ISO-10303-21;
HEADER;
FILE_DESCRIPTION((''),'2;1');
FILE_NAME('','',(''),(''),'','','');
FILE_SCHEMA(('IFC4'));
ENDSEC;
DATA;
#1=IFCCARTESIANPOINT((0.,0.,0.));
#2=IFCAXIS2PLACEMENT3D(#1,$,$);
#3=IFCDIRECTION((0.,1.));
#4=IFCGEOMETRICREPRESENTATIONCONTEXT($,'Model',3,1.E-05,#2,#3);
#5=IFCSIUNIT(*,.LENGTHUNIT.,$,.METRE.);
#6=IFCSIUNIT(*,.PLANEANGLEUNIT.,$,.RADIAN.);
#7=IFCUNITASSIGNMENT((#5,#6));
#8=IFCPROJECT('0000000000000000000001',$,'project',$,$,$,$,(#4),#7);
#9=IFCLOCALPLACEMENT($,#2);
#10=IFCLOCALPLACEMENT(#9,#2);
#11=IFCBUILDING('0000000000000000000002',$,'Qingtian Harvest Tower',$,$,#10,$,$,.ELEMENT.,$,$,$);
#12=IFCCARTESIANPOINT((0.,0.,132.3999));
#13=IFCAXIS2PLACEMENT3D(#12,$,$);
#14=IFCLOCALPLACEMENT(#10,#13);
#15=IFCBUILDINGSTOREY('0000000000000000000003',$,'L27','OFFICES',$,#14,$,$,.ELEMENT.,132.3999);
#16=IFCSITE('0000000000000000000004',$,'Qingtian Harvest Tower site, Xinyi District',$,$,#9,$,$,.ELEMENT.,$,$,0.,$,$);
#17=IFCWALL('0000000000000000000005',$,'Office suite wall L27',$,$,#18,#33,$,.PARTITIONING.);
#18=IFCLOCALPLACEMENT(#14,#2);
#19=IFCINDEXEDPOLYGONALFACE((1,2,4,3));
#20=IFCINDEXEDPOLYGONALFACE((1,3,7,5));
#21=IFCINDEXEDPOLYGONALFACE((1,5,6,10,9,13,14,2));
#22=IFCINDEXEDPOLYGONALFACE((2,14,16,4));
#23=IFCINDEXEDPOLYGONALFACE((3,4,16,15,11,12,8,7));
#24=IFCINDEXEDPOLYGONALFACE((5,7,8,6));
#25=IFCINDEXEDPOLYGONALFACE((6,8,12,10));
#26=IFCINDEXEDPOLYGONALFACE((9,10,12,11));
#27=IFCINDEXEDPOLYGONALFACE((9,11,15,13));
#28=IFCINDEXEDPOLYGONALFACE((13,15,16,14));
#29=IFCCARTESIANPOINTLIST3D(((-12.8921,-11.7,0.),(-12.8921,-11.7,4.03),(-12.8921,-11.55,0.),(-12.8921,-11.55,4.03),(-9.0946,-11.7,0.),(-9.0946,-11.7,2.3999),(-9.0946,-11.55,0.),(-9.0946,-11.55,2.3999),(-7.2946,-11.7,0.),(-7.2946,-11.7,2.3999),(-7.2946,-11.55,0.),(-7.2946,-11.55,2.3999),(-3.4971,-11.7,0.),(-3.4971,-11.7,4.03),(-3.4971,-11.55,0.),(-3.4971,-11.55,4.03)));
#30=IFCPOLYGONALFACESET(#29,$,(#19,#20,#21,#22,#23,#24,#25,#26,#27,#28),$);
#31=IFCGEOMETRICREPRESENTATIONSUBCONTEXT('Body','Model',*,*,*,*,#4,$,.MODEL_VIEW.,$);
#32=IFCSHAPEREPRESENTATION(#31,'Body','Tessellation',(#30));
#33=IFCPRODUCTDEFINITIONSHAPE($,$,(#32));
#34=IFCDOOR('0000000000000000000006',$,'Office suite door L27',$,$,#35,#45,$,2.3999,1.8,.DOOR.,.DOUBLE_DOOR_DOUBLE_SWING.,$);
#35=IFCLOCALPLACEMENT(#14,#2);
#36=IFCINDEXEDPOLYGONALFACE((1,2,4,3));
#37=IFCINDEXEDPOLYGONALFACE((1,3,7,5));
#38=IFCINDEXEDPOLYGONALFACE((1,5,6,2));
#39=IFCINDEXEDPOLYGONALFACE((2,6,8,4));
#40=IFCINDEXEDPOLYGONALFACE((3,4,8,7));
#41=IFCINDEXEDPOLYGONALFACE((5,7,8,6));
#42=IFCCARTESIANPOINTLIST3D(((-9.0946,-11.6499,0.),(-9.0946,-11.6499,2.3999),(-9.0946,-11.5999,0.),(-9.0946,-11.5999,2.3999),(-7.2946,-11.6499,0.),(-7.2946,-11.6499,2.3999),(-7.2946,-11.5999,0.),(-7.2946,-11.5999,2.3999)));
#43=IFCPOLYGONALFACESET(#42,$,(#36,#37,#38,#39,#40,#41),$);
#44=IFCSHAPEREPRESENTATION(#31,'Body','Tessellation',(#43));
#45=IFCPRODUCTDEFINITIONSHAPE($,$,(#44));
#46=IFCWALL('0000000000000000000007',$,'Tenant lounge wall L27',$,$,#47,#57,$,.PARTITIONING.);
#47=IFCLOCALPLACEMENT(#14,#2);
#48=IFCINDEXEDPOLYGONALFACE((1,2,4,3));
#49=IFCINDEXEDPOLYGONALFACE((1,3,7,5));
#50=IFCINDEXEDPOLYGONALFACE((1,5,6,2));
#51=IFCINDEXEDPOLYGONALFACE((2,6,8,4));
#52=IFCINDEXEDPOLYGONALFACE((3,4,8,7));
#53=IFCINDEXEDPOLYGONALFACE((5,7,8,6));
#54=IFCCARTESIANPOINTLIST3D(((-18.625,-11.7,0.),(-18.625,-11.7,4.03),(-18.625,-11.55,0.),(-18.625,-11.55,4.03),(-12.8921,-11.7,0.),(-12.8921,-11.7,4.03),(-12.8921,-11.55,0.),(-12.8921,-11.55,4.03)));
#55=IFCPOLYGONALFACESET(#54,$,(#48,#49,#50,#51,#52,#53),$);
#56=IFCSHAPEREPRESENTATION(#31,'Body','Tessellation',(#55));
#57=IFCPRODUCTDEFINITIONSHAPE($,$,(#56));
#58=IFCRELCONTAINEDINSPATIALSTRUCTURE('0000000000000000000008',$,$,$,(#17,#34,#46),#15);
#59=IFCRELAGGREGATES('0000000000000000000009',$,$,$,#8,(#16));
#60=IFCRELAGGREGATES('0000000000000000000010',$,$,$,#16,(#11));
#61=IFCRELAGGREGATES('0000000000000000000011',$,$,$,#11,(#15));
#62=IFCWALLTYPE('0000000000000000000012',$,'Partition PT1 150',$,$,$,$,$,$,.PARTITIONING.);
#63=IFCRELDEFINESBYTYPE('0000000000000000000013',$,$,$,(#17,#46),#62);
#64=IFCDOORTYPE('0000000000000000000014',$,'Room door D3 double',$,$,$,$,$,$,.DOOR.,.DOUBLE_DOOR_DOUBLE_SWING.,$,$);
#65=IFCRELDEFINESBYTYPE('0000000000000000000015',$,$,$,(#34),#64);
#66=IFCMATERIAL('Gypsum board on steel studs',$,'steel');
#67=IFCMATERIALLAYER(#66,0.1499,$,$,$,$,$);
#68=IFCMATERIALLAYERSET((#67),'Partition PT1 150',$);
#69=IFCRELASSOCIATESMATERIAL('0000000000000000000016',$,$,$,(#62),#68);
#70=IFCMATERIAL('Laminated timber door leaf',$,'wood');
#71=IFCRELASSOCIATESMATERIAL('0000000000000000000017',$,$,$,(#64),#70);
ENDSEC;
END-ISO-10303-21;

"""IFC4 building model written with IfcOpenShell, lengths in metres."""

from ifc_helpers import new_model, si_unit, direction, frame, frame_2d, origin, place, context, subcontext, project, spatial, rectangle, extrude, material, layer, layer_set, type_object, element, fill, save


model = new_model("IFC4")

# Units and contexts
model_context = context("Model", 3, precision=1e-05, world=origin(), true_north=direction((0.0, 1.0)))
body_context = subcontext(model_context, "Body", "Model", "MODEL_VIEW")
ifc_project = project(units=[si_unit("LENGTHUNIT", "METRE"), si_unit("PLANEANGLEUNIT", "RADIAN")], contexts=[model_context])

# Site, building, storey
site_placement = place(None, origin())
site = spatial("IfcSite", under=ifc_project, at=site_placement, Name="Qingtian Harvest Tower site, Xinyi District", CompositionType="ELEMENT", RefElevation=0.0)
building_placement = place(site_placement, origin())
building = spatial("IfcBuilding", under=site, at=building_placement, Name="Qingtian Harvest Tower", CompositionType="ELEMENT")
storey_placement = place(building_placement, frame((0.0, 0.0, 132.3999)))
storey = spatial("IfcBuildingStorey", under=building, at=storey_placement, Name="L27", Description="OFFICES", CompositionType="ELEMENT", Elevation=132.3999)

# Shared definitions
ifc_material_1 = material(Name="Gypsum board on steel studs", Category="steel")
ifc_layer_1 = layer(ifc_material_1, 0.1499)
ifc_layer_set_1 = layer_set([ifc_layer_1], Name="Partition PT1 150")
wall_type_1 = type_object("IfcWallType", Name="Partition PT1 150", PredefinedType="PARTITIONING", material=ifc_layer_set_1)

# Wall, opening, door
wall_1_placement = place(storey_placement, frame((-3.4971, -11.625, 0.0), z_axis=(0.0, 0.0, 1.0), x_axis=(-1.0, 0.0, 0.0)))
wall_1 = element("IfcWall", 1, at=wall_1_placement, inside=storey, type_object=wall_type_1, Name="Office suite wall L27", PredefinedType="PARTITIONING", context=body_context, shape_type="SweptSolid", body=[
    extrude(rectangle(XDim=9.395, YDim=0.1499, at=frame_2d((4.6975, 0.0))), origin(), (0.0, 0.0, 1.0), 4.03),
])
opening_1_placement = place(wall_1_placement, frame((3.7976, 0.0, 0.0)))
opening_1 = element("IfcOpeningElement", 2, at=opening_1_placement, cuts=wall_1, PredefinedType="OPENING", context=body_context, shape_type="SweptSolid", body=[
    extrude(rectangle(XDim=1.8, YDim=2.3999, at=frame_2d((0.8999, 1.2))), frame((0.0, 0.085, 0.0), z_axis=(0.0, -1.0, 0.0), x_axis=(1.0, 0.0, 0.0)), (0.0, 0.0, 1.0), 0.1699),
])
ifc_material_2 = material(Name="Laminated timber door leaf", Category="wood")
door_type_1 = type_object("IfcDoorType", Name="Room door D3 double", OperationType="DOUBLE_DOOR_DOUBLE_SWING", PredefinedType="DOOR", material=ifc_material_2)
door_1_placement = place(opening_1_placement, origin())
door_1 = element("IfcDoor", 3, at=door_1_placement, inside=storey, type_object=door_type_1, Name="Office suite door L27", OperationType="DOUBLE_DOOR_DOUBLE_SWING", OverallHeight=2.3999, OverallWidth=1.8, PredefinedType="DOOR", context=body_context, shape_type="SweptSolid", body=[
    extrude(rectangle(XDim=1.8, YDim=2.3999, at=frame_2d((0.8999, 1.2))), frame((0.0, 0.0249, 0.0), z_axis=(0.0, -1.0, 0.0), x_axis=(1.0, 0.0, 0.0)), (0.0, 0.0, 1.0), 0.05),
])
fill(opening_1, door_1)

# Wall
wall_2_placement = place(storey_placement, frame((-12.8921, -11.625, 0.0), z_axis=(0.0, 0.0, 1.0), x_axis=(-1.0, 0.0, 0.0)))
element("IfcWall", 4, at=wall_2_placement, inside=storey, type_object=wall_type_1, Name="Tenant lounge wall L27", PredefinedType="PARTITIONING", context=body_context, shape_type="SweptSolid", body=[
    extrude(rectangle(XDim=5.7329, YDim=0.1499, at=frame_2d((2.8665, 0.0))), origin(), (0.0, 0.0, 1.0), 4.03),
])

save(model, "model.ifc")
